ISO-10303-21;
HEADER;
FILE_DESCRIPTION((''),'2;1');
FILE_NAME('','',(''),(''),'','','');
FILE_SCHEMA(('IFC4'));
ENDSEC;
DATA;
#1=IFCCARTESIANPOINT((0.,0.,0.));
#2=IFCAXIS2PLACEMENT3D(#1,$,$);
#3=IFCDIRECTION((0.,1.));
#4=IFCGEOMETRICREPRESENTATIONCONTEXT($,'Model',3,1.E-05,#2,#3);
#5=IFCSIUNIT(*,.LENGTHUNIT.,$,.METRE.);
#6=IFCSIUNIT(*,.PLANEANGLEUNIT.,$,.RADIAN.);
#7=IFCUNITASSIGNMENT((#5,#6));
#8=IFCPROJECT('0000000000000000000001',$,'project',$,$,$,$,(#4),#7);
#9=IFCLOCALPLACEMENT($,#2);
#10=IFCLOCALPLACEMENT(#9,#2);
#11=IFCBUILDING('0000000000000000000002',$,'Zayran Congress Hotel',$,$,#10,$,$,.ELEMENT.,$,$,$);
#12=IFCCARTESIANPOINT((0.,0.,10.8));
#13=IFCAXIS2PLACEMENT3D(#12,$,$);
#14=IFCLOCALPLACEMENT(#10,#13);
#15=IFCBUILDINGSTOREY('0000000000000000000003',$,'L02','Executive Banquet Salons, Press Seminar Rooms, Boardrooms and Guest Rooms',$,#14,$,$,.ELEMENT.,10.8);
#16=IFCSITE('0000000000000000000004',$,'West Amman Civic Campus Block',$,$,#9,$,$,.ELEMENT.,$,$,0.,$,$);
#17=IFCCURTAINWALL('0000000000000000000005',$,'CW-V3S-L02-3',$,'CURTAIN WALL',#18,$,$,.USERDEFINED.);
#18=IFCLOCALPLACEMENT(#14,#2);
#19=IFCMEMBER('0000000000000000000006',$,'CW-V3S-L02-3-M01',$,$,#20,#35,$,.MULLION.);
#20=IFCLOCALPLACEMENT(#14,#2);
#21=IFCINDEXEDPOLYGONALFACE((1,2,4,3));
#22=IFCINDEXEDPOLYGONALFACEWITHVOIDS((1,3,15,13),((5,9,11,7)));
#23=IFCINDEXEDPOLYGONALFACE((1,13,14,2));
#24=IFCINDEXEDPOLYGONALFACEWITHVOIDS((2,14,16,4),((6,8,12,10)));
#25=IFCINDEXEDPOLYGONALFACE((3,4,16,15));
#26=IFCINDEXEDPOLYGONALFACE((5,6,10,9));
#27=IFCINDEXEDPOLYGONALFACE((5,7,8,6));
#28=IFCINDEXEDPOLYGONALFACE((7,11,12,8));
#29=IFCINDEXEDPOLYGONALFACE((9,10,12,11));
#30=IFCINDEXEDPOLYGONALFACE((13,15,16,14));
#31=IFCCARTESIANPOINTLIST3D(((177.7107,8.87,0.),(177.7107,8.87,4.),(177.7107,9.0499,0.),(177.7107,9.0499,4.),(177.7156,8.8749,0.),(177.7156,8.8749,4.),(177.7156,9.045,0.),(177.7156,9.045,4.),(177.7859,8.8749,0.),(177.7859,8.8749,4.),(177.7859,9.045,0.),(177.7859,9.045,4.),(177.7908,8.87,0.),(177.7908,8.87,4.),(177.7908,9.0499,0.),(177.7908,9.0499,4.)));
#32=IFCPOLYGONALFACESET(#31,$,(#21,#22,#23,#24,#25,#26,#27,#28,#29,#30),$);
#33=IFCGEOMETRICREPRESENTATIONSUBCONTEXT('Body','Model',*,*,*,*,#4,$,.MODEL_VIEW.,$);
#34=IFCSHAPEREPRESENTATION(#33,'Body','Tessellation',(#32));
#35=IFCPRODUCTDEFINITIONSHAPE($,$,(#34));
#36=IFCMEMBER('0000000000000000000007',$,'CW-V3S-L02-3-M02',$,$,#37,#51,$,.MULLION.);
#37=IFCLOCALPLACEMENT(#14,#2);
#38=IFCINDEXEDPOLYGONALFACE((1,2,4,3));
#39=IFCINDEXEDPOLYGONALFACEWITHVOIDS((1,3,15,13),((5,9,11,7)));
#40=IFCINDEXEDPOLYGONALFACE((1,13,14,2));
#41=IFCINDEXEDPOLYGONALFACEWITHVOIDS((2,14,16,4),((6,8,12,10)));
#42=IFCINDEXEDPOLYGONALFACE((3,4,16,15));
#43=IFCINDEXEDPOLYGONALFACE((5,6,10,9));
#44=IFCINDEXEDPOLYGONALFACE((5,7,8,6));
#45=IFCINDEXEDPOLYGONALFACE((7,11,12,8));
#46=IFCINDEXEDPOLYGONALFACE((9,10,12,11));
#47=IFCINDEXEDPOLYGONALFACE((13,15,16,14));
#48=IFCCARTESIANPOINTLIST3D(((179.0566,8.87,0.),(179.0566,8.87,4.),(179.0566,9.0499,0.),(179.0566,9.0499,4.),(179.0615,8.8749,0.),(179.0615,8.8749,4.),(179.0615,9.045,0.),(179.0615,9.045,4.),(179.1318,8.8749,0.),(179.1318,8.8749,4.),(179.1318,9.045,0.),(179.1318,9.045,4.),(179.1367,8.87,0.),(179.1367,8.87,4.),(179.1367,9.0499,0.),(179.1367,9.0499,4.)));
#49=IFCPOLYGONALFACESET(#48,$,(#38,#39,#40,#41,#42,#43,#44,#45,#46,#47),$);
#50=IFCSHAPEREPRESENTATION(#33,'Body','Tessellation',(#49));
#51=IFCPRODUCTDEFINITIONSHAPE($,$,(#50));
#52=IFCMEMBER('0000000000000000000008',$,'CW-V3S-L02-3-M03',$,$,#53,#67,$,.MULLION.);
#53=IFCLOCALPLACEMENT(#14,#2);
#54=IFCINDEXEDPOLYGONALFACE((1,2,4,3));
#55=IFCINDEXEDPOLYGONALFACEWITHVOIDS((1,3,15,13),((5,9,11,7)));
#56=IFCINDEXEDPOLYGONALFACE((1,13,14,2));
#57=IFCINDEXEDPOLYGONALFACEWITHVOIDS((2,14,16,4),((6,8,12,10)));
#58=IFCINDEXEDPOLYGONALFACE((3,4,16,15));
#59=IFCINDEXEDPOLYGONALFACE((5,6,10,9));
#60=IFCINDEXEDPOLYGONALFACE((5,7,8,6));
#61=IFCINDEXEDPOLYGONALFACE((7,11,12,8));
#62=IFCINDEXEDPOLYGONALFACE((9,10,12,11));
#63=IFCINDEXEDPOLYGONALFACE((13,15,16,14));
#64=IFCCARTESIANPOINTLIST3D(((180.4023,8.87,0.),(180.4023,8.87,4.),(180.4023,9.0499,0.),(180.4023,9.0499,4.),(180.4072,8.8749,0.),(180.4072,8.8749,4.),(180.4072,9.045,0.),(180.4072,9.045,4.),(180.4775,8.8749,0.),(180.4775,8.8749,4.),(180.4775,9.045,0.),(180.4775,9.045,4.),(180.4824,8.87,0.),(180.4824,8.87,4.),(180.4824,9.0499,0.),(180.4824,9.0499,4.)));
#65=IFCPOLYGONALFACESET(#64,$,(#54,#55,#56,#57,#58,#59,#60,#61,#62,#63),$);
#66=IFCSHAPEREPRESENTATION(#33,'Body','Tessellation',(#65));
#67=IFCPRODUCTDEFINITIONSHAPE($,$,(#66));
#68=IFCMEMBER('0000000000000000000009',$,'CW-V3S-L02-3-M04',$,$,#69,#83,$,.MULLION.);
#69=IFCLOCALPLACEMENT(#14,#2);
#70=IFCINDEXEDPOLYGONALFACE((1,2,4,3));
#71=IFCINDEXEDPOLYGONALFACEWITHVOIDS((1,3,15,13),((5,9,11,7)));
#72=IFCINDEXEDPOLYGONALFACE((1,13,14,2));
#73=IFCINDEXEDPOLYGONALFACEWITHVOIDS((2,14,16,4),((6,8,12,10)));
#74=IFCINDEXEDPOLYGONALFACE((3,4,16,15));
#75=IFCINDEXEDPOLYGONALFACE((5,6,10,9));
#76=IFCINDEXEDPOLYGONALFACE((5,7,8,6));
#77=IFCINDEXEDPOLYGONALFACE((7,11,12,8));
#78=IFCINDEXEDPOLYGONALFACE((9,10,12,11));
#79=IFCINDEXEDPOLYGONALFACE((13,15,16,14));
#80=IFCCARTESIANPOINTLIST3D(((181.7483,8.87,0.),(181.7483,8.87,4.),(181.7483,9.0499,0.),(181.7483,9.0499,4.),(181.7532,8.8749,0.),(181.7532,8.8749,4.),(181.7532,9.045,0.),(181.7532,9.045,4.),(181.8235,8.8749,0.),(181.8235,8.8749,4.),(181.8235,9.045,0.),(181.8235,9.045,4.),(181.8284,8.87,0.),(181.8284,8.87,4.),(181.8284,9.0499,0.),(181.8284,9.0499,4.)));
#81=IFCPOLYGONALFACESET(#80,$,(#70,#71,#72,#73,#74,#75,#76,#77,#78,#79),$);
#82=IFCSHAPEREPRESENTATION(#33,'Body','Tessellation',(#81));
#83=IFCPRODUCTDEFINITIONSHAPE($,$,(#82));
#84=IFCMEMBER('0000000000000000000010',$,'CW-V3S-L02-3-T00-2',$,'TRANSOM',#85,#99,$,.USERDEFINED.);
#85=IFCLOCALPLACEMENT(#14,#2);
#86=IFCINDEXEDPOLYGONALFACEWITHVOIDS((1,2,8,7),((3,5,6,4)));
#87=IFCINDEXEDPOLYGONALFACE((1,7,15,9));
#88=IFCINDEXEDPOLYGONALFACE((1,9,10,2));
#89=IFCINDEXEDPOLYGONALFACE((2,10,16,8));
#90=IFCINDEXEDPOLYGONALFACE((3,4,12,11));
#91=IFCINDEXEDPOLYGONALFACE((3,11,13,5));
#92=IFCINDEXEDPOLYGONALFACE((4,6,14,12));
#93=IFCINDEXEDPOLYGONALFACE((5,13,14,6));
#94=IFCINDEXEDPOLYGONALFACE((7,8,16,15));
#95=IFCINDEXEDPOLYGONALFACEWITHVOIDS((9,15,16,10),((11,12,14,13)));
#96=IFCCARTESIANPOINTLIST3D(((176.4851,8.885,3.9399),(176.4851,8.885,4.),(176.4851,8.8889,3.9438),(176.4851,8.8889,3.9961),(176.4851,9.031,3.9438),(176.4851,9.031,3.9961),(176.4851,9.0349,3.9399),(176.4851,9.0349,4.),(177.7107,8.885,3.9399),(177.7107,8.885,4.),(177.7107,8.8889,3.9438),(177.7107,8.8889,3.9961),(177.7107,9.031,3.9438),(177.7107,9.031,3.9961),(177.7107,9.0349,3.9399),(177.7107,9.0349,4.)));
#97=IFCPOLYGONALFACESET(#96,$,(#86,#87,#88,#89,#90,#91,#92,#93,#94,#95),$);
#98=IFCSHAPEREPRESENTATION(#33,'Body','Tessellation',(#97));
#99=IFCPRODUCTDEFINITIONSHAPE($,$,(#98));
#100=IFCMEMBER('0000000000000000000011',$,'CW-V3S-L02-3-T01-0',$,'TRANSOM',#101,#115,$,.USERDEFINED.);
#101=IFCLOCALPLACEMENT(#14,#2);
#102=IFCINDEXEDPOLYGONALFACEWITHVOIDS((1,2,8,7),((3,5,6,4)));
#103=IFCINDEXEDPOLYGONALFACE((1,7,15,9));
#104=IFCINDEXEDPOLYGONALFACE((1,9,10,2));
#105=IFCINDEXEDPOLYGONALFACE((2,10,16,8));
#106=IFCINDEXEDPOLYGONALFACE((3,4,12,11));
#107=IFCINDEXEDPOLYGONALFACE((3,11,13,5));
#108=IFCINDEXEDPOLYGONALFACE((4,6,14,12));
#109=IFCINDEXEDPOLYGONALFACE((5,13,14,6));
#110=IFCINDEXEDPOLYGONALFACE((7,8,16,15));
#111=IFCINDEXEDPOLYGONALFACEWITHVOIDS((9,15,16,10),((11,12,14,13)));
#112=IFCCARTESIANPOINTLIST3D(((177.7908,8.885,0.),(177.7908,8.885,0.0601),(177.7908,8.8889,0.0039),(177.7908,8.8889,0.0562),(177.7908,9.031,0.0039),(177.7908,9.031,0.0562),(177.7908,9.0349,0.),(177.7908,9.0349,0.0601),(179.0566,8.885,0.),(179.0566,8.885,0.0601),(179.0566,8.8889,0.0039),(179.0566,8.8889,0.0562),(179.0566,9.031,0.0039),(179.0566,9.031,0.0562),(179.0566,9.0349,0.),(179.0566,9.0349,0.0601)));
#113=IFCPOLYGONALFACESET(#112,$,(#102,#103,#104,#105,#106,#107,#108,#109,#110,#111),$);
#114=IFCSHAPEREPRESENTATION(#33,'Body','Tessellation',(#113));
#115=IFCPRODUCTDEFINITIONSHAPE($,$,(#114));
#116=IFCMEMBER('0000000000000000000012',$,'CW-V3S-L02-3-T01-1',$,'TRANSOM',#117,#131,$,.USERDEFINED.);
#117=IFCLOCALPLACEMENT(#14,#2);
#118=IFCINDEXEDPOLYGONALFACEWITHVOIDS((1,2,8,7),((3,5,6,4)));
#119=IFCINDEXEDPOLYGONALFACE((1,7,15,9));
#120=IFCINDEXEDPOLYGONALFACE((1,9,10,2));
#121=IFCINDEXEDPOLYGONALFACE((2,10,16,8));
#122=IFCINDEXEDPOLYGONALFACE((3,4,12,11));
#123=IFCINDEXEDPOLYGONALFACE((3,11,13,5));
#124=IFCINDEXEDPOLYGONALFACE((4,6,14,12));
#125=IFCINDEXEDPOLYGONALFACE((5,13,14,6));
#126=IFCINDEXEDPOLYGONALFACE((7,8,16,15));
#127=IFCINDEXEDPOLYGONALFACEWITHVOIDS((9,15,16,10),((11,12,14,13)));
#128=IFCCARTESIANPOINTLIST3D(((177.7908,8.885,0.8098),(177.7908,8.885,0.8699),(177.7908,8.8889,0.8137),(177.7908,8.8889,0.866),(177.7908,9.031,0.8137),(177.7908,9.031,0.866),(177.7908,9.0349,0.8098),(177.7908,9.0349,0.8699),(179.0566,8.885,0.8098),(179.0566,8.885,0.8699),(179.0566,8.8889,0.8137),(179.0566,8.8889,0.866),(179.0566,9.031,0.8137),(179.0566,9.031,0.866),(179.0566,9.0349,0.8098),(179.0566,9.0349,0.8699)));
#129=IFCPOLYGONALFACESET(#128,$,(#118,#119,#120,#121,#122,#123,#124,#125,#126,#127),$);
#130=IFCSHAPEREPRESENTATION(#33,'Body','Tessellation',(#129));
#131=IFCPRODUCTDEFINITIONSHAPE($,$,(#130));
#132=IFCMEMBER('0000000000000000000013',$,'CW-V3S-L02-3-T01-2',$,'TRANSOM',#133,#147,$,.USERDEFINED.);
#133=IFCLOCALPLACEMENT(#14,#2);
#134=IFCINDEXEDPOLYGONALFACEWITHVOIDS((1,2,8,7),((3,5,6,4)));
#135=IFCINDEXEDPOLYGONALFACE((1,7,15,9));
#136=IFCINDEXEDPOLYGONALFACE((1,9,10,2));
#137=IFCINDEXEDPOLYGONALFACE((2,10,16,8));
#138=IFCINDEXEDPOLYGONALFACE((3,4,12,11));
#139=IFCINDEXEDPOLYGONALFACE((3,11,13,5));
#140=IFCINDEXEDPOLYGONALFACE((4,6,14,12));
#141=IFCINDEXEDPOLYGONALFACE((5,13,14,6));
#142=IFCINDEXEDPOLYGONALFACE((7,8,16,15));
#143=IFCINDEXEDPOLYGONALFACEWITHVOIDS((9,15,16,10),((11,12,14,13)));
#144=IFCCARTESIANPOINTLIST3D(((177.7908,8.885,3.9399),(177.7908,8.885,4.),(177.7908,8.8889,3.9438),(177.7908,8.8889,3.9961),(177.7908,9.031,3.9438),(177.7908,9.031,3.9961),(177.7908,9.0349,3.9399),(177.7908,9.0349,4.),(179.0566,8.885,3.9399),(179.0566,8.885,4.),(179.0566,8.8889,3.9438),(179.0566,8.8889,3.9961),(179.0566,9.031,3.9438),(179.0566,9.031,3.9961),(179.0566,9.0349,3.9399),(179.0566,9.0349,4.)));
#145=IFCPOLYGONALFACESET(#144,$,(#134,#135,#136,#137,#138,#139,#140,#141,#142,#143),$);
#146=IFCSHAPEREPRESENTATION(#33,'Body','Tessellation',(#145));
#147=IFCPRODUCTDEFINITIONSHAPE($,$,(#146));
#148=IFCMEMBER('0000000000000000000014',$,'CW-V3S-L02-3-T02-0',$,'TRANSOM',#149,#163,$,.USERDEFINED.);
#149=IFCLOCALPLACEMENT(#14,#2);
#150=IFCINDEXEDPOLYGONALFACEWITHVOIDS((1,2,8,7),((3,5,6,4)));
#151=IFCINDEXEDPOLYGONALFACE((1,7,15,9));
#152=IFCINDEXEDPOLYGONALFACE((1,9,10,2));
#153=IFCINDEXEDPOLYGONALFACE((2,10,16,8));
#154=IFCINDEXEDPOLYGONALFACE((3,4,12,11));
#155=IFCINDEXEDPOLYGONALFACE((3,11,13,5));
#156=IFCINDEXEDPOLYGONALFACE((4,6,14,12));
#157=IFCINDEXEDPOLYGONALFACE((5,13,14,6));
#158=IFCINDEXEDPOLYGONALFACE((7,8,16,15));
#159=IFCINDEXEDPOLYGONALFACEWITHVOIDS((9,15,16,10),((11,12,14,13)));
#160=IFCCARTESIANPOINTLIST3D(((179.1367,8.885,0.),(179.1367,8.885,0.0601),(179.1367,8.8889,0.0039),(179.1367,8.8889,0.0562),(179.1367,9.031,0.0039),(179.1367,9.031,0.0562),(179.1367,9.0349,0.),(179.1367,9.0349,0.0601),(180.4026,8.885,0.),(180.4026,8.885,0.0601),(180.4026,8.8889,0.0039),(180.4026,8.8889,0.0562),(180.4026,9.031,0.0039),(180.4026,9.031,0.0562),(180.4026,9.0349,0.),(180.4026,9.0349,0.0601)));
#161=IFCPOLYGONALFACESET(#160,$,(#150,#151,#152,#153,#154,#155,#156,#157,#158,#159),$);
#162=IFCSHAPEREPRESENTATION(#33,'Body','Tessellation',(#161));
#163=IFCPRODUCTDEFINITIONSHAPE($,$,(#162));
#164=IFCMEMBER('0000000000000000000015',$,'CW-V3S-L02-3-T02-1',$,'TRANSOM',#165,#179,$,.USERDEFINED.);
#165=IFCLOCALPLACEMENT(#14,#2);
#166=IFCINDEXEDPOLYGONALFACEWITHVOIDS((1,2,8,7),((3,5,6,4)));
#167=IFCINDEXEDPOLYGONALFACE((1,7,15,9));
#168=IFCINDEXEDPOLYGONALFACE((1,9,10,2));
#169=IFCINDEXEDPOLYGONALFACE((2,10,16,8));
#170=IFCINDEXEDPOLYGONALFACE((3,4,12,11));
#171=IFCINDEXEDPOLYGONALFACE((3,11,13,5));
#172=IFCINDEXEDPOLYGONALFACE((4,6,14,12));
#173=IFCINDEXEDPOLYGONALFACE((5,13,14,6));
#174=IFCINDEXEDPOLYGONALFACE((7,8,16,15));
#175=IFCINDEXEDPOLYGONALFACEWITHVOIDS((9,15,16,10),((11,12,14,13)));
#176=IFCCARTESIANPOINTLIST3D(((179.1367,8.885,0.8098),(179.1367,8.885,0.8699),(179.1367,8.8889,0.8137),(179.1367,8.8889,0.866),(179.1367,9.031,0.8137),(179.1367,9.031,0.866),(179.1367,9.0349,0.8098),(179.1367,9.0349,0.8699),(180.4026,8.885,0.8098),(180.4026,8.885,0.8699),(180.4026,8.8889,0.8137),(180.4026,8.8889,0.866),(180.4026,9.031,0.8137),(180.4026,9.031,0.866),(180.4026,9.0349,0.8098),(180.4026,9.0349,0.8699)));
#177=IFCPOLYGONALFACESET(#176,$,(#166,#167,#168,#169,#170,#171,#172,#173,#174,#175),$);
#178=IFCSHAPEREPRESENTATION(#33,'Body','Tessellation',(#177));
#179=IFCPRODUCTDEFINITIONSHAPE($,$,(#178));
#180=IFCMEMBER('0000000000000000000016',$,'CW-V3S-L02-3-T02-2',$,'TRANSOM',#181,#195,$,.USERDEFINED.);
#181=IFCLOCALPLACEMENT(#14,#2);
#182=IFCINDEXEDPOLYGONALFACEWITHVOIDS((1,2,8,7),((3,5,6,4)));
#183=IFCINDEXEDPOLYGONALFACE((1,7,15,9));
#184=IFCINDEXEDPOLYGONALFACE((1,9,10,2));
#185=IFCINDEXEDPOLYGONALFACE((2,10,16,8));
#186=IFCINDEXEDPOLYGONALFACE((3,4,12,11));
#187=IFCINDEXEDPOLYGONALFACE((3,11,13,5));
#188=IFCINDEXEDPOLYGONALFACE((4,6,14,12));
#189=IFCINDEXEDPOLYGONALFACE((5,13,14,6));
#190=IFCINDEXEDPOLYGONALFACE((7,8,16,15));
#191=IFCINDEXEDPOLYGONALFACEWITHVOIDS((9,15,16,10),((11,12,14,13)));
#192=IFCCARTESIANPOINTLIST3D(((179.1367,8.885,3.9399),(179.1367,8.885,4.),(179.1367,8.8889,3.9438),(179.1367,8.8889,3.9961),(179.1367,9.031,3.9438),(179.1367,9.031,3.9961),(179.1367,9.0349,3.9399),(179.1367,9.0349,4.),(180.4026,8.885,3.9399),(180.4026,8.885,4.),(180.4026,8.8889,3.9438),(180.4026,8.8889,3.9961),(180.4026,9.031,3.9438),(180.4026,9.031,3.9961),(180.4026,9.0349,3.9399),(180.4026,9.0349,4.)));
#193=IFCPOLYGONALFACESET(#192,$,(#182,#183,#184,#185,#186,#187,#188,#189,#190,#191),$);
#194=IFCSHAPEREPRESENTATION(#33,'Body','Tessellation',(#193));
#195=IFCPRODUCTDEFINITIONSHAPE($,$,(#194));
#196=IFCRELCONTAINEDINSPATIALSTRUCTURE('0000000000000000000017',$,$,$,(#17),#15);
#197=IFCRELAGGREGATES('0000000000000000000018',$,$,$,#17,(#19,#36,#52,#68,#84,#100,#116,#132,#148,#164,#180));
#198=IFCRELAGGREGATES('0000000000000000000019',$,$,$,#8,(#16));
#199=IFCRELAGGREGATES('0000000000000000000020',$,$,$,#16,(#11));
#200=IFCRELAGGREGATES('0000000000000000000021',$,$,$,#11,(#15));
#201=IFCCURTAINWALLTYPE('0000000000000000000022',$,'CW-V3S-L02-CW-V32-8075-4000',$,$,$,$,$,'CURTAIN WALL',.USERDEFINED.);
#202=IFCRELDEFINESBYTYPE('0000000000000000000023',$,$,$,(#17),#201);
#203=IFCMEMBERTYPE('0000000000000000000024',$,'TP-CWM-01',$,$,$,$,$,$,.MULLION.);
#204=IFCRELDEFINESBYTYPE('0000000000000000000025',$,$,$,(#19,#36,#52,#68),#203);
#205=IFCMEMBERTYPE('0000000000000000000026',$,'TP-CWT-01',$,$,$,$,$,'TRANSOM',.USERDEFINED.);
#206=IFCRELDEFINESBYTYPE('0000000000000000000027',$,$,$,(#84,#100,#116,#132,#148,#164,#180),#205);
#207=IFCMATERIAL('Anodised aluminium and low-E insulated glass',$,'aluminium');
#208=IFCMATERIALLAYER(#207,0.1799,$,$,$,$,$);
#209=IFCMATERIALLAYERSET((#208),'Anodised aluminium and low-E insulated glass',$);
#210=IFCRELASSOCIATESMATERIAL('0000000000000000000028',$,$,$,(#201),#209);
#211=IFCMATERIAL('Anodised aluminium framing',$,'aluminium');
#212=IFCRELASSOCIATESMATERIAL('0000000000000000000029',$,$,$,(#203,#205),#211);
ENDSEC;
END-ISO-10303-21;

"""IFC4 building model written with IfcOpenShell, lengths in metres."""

from ifc_helpers import new_model, si_unit, direction, frame, origin, origin_2d, place, context, subcontext, project, spatial, hollow_rectangle, extrude, material, layer, layer_set, material_profile, profile_set, type_object, element, aggregate, save


model = new_model("IFC4")

# Units and contexts
model_context = context("Model", 3, precision=1e-05, world=origin(), true_north=direction((0.0, 1.0)))
body_context = subcontext(model_context, "Body", "Model", "MODEL_VIEW")
ifc_project = project(units=[si_unit("LENGTHUNIT", "METRE"), si_unit("PLANEANGLEUNIT", "RADIAN")], contexts=[model_context])

# Site, building, storey
site_placement = place(None, origin())
site = spatial("IfcSite", under=ifc_project, at=site_placement, Name="West Amman Civic Campus Block", CompositionType="ELEMENT", RefElevation=0.0)
building_placement = place(site_placement, origin())
building = spatial("IfcBuilding", under=site, at=building_placement, Name="Zayran Congress Hotel", CompositionType="ELEMENT")
storey_placement = place(building_placement, frame((0.0, 0.0, 10.8)))
storey = spatial("IfcBuildingStorey", under=building, at=storey_placement, Name="L02", Description="Executive Banquet Salons, Press Seminar Rooms, Boardrooms and Guest Rooms", CompositionType="ELEMENT", Elevation=10.8)

# Curtain wall, members
ifc_material_1 = material(Name="Anodised aluminium and low-E insulated glass", Category="aluminium")
ifc_layer_1 = layer(ifc_material_1, 0.1799)
ifc_layer_set_1 = layer_set([ifc_layer_1], Name="Anodised aluminium and low-E insulated glass")
curtain_wall_type = type_object("IfcCurtainWallType", Name="CW-V3S-L02-CW-V32-8075-4000", ElementType="CURTAIN WALL", PredefinedType="USERDEFINED", material=ifc_layer_set_1)
curtain_wall_placement = place(storey_placement, origin())
curtain_wall = element("IfcCurtainWall", 1, at=curtain_wall_placement, inside=storey, type_object=curtain_wall_type, Name="CW-V3S-L02-3", ObjectType="CURTAIN WALL", PredefinedType="USERDEFINED")
ifc_material_2 = material(Name="Anodised aluminium framing", Category="aluminium")
ifc_material_profile_1 = material_profile(ifc_material_2, hollow_rectangle(XDim=0.0801, YDim=0.1799, WallThickness=0.0049, at=origin_2d()), Name="RHS 180x80x5")
ifc_profile_set_1 = profile_set([ifc_material_profile_1], Name="Anodised aluminium framing")
member_type_1 = type_object("IfcMemberType", Name="TP-CWM-01", PredefinedType="MULLION", material=ifc_profile_set_1)
member_1_placement = place(storey_placement, frame((177.7507, 8.96, 0.0), z_axis=(0.0, 0.0, 1.0), x_axis=(1.0, 0.0, 0.0)))
member_1 = element("IfcMember", 2, at=member_1_placement, type_object=member_type_1, Name="CW-V3S-L02-3-M01", PredefinedType="MULLION", context=body_context, shape_type="SweptSolid", body=[
    extrude(hollow_rectangle(XDim=0.0801, YDim=0.1799, WallThickness=0.0049, at=origin_2d()), origin(), (0.0, 0.0, 1.0), 4.0),
])
member_2_placement = place(storey_placement, frame((179.0967, 8.96, 0.0), z_axis=(0.0, 0.0, 1.0), x_axis=(1.0, 0.0, 0.0)))
member_2 = element("IfcMember", 3, at=member_2_placement, type_object=member_type_1, Name="CW-V3S-L02-3-M02", PredefinedType="MULLION", context=body_context, shape_type="SweptSolid", body=[
    extrude(hollow_rectangle(XDim=0.0801, YDim=0.1799, WallThickness=0.0049, at=origin_2d()), origin(), (0.0, 0.0, 1.0), 4.0),
])
member_3_placement = place(storey_placement, frame((180.4424, 8.96, 0.0), z_axis=(0.0, 0.0, 1.0), x_axis=(1.0, 0.0, 0.0)))
member_3 = element("IfcMember", 4, at=member_3_placement, type_object=member_type_1, Name="CW-V3S-L02-3-M03", PredefinedType="MULLION", context=body_context, shape_type="SweptSolid", body=[
    extrude(hollow_rectangle(XDim=0.0801, YDim=0.1799, WallThickness=0.0049, at=origin_2d()), origin(), (0.0, 0.0, 1.0), 4.0),
])
member_4_placement = place(storey_placement, frame((181.7883, 8.96, 0.0), z_axis=(0.0, 0.0, 1.0), x_axis=(1.0, 0.0, 0.0)))
member_4 = element("IfcMember", 5, at=member_4_placement, type_object=member_type_1, Name="CW-V3S-L02-3-M04", PredefinedType="MULLION", context=body_context, shape_type="SweptSolid", body=[
    extrude(hollow_rectangle(XDim=0.0801, YDim=0.1799, WallThickness=0.0049, at=origin_2d()), origin(), (0.0, 0.0, 1.0), 4.0),
])
ifc_material_profile_2 = material_profile(ifc_material_2, hollow_rectangle(XDim=0.0601, YDim=0.1499, WallThickness=0.0039, at=origin_2d()), Name="RHS 150x60x4")
ifc_profile_set_2 = profile_set([ifc_material_profile_2], Name="Anodised aluminium framing")
member_type_2 = type_object("IfcMemberType", Name="TP-CWT-01", ElementType="TRANSOM", PredefinedType="USERDEFINED", material=ifc_profile_set_2)
member_5_placement = place(storey_placement, frame((176.4851, 8.96, 3.97), z_axis=(1.0, 0.0, 0.0), x_axis=(0.0, 0.0, 1.0)))
member_5 = element("IfcMember", 6, at=member_5_placement, type_object=member_type_2, Name="CW-V3S-L02-3-T00-2", ObjectType="TRANSOM", PredefinedType="USERDEFINED", context=body_context, shape_type="SweptSolid", body=[
    extrude(hollow_rectangle(XDim=0.0601, YDim=0.1499, WallThickness=0.0039, at=origin_2d()), origin(), (0.0, 0.0, 1.0), 1.2256),
])
member_6_placement = place(storey_placement, frame((177.7908, 8.96, 0.03), z_axis=(1.0, 0.0, 0.0), x_axis=(0.0, 0.0, 1.0)))
member_6 = element("IfcMember", 7, at=member_6_placement, type_object=member_type_2, Name="CW-V3S-L02-3-T01-0", ObjectType="TRANSOM", PredefinedType="USERDEFINED", context=body_context, shape_type="SweptSolid", body=[
    extrude(hollow_rectangle(XDim=0.0601, YDim=0.1499, WallThickness=0.0039, at=origin_2d()), origin(), (0.0, 0.0, 1.0), 1.2659),
])
member_7_placement = place(storey_placement, frame((177.7908, 8.96, 0.8398), z_axis=(1.0, 0.0, 0.0), x_axis=(0.0, 0.0, 1.0)))
member_7 = element("IfcMember", 8, at=member_7_placement, type_object=member_type_2, Name="CW-V3S-L02-3-T01-1", ObjectType="TRANSOM", PredefinedType="USERDEFINED", context=body_context, shape_type="SweptSolid", body=[
    extrude(hollow_rectangle(XDim=0.0601, YDim=0.1499, WallThickness=0.0039, at=origin_2d()), origin(), (0.0, 0.0, 1.0), 1.2659),
])
member_8_placement = place(storey_placement, frame((177.7908, 8.96, 3.97), z_axis=(1.0, 0.0, 0.0), x_axis=(0.0, 0.0, 1.0)))
member_8 = element("IfcMember", 9, at=member_8_placement, type_object=member_type_2, Name="CW-V3S-L02-3-T01-2", ObjectType="TRANSOM", PredefinedType="USERDEFINED", context=body_context, shape_type="SweptSolid", body=[
    extrude(hollow_rectangle(XDim=0.0601, YDim=0.1499, WallThickness=0.0039, at=origin_2d()), origin(), (0.0, 0.0, 1.0), 1.2659),
])
member_9_placement = place(storey_placement, frame((179.1367, 8.96, 0.03), z_axis=(1.0, 0.0, 0.0), x_axis=(0.0, 0.0, 1.0)))
member_9 = element("IfcMember", 10, at=member_9_placement, type_object=member_type_2, Name="CW-V3S-L02-3-T02-0", ObjectType="TRANSOM", PredefinedType="USERDEFINED", context=body_context, shape_type="SweptSolid", body=[
    extrude(hollow_rectangle(XDim=0.0601, YDim=0.1499, WallThickness=0.0039, at=origin_2d()), origin(), (0.0, 0.0, 1.0), 1.2659),
])
member_10_placement = place(storey_placement, frame((179.1367, 8.96, 0.8398), z_axis=(1.0, 0.0, 0.0), x_axis=(0.0, 0.0, 1.0)))
member_10 = element("IfcMember", 11, at=member_10_placement, type_object=member_type_2, Name="CW-V3S-L02-3-T02-1", ObjectType="TRANSOM", PredefinedType="USERDEFINED", context=body_context, shape_type="SweptSolid", body=[
    extrude(hollow_rectangle(XDim=0.0601, YDim=0.1499, WallThickness=0.0039, at=origin_2d()), origin(), (0.0, 0.0, 1.0), 1.2659),
])
member_11_placement = place(storey_placement, frame((179.1367, 8.96, 3.97), z_axis=(1.0, 0.0, 0.0), x_axis=(0.0, 0.0, 1.0)))
member_11 = element("IfcMember", 12, at=member_11_placement, type_object=member_type_2, Name="CW-V3S-L02-3-T02-2", ObjectType="TRANSOM", PredefinedType="USERDEFINED", context=body_context, shape_type="SweptSolid", body=[
    extrude(hollow_rectangle(XDim=0.0601, YDim=0.1499, WallThickness=0.0039, at=origin_2d()), origin(), (0.0, 0.0, 1.0), 1.2659),
])
aggregate(curtain_wall, [member_1, member_2, member_3, member_4, member_5, member_6, member_7, member_8, member_9, member_10, member_11])

save(model, "model.ifc")
